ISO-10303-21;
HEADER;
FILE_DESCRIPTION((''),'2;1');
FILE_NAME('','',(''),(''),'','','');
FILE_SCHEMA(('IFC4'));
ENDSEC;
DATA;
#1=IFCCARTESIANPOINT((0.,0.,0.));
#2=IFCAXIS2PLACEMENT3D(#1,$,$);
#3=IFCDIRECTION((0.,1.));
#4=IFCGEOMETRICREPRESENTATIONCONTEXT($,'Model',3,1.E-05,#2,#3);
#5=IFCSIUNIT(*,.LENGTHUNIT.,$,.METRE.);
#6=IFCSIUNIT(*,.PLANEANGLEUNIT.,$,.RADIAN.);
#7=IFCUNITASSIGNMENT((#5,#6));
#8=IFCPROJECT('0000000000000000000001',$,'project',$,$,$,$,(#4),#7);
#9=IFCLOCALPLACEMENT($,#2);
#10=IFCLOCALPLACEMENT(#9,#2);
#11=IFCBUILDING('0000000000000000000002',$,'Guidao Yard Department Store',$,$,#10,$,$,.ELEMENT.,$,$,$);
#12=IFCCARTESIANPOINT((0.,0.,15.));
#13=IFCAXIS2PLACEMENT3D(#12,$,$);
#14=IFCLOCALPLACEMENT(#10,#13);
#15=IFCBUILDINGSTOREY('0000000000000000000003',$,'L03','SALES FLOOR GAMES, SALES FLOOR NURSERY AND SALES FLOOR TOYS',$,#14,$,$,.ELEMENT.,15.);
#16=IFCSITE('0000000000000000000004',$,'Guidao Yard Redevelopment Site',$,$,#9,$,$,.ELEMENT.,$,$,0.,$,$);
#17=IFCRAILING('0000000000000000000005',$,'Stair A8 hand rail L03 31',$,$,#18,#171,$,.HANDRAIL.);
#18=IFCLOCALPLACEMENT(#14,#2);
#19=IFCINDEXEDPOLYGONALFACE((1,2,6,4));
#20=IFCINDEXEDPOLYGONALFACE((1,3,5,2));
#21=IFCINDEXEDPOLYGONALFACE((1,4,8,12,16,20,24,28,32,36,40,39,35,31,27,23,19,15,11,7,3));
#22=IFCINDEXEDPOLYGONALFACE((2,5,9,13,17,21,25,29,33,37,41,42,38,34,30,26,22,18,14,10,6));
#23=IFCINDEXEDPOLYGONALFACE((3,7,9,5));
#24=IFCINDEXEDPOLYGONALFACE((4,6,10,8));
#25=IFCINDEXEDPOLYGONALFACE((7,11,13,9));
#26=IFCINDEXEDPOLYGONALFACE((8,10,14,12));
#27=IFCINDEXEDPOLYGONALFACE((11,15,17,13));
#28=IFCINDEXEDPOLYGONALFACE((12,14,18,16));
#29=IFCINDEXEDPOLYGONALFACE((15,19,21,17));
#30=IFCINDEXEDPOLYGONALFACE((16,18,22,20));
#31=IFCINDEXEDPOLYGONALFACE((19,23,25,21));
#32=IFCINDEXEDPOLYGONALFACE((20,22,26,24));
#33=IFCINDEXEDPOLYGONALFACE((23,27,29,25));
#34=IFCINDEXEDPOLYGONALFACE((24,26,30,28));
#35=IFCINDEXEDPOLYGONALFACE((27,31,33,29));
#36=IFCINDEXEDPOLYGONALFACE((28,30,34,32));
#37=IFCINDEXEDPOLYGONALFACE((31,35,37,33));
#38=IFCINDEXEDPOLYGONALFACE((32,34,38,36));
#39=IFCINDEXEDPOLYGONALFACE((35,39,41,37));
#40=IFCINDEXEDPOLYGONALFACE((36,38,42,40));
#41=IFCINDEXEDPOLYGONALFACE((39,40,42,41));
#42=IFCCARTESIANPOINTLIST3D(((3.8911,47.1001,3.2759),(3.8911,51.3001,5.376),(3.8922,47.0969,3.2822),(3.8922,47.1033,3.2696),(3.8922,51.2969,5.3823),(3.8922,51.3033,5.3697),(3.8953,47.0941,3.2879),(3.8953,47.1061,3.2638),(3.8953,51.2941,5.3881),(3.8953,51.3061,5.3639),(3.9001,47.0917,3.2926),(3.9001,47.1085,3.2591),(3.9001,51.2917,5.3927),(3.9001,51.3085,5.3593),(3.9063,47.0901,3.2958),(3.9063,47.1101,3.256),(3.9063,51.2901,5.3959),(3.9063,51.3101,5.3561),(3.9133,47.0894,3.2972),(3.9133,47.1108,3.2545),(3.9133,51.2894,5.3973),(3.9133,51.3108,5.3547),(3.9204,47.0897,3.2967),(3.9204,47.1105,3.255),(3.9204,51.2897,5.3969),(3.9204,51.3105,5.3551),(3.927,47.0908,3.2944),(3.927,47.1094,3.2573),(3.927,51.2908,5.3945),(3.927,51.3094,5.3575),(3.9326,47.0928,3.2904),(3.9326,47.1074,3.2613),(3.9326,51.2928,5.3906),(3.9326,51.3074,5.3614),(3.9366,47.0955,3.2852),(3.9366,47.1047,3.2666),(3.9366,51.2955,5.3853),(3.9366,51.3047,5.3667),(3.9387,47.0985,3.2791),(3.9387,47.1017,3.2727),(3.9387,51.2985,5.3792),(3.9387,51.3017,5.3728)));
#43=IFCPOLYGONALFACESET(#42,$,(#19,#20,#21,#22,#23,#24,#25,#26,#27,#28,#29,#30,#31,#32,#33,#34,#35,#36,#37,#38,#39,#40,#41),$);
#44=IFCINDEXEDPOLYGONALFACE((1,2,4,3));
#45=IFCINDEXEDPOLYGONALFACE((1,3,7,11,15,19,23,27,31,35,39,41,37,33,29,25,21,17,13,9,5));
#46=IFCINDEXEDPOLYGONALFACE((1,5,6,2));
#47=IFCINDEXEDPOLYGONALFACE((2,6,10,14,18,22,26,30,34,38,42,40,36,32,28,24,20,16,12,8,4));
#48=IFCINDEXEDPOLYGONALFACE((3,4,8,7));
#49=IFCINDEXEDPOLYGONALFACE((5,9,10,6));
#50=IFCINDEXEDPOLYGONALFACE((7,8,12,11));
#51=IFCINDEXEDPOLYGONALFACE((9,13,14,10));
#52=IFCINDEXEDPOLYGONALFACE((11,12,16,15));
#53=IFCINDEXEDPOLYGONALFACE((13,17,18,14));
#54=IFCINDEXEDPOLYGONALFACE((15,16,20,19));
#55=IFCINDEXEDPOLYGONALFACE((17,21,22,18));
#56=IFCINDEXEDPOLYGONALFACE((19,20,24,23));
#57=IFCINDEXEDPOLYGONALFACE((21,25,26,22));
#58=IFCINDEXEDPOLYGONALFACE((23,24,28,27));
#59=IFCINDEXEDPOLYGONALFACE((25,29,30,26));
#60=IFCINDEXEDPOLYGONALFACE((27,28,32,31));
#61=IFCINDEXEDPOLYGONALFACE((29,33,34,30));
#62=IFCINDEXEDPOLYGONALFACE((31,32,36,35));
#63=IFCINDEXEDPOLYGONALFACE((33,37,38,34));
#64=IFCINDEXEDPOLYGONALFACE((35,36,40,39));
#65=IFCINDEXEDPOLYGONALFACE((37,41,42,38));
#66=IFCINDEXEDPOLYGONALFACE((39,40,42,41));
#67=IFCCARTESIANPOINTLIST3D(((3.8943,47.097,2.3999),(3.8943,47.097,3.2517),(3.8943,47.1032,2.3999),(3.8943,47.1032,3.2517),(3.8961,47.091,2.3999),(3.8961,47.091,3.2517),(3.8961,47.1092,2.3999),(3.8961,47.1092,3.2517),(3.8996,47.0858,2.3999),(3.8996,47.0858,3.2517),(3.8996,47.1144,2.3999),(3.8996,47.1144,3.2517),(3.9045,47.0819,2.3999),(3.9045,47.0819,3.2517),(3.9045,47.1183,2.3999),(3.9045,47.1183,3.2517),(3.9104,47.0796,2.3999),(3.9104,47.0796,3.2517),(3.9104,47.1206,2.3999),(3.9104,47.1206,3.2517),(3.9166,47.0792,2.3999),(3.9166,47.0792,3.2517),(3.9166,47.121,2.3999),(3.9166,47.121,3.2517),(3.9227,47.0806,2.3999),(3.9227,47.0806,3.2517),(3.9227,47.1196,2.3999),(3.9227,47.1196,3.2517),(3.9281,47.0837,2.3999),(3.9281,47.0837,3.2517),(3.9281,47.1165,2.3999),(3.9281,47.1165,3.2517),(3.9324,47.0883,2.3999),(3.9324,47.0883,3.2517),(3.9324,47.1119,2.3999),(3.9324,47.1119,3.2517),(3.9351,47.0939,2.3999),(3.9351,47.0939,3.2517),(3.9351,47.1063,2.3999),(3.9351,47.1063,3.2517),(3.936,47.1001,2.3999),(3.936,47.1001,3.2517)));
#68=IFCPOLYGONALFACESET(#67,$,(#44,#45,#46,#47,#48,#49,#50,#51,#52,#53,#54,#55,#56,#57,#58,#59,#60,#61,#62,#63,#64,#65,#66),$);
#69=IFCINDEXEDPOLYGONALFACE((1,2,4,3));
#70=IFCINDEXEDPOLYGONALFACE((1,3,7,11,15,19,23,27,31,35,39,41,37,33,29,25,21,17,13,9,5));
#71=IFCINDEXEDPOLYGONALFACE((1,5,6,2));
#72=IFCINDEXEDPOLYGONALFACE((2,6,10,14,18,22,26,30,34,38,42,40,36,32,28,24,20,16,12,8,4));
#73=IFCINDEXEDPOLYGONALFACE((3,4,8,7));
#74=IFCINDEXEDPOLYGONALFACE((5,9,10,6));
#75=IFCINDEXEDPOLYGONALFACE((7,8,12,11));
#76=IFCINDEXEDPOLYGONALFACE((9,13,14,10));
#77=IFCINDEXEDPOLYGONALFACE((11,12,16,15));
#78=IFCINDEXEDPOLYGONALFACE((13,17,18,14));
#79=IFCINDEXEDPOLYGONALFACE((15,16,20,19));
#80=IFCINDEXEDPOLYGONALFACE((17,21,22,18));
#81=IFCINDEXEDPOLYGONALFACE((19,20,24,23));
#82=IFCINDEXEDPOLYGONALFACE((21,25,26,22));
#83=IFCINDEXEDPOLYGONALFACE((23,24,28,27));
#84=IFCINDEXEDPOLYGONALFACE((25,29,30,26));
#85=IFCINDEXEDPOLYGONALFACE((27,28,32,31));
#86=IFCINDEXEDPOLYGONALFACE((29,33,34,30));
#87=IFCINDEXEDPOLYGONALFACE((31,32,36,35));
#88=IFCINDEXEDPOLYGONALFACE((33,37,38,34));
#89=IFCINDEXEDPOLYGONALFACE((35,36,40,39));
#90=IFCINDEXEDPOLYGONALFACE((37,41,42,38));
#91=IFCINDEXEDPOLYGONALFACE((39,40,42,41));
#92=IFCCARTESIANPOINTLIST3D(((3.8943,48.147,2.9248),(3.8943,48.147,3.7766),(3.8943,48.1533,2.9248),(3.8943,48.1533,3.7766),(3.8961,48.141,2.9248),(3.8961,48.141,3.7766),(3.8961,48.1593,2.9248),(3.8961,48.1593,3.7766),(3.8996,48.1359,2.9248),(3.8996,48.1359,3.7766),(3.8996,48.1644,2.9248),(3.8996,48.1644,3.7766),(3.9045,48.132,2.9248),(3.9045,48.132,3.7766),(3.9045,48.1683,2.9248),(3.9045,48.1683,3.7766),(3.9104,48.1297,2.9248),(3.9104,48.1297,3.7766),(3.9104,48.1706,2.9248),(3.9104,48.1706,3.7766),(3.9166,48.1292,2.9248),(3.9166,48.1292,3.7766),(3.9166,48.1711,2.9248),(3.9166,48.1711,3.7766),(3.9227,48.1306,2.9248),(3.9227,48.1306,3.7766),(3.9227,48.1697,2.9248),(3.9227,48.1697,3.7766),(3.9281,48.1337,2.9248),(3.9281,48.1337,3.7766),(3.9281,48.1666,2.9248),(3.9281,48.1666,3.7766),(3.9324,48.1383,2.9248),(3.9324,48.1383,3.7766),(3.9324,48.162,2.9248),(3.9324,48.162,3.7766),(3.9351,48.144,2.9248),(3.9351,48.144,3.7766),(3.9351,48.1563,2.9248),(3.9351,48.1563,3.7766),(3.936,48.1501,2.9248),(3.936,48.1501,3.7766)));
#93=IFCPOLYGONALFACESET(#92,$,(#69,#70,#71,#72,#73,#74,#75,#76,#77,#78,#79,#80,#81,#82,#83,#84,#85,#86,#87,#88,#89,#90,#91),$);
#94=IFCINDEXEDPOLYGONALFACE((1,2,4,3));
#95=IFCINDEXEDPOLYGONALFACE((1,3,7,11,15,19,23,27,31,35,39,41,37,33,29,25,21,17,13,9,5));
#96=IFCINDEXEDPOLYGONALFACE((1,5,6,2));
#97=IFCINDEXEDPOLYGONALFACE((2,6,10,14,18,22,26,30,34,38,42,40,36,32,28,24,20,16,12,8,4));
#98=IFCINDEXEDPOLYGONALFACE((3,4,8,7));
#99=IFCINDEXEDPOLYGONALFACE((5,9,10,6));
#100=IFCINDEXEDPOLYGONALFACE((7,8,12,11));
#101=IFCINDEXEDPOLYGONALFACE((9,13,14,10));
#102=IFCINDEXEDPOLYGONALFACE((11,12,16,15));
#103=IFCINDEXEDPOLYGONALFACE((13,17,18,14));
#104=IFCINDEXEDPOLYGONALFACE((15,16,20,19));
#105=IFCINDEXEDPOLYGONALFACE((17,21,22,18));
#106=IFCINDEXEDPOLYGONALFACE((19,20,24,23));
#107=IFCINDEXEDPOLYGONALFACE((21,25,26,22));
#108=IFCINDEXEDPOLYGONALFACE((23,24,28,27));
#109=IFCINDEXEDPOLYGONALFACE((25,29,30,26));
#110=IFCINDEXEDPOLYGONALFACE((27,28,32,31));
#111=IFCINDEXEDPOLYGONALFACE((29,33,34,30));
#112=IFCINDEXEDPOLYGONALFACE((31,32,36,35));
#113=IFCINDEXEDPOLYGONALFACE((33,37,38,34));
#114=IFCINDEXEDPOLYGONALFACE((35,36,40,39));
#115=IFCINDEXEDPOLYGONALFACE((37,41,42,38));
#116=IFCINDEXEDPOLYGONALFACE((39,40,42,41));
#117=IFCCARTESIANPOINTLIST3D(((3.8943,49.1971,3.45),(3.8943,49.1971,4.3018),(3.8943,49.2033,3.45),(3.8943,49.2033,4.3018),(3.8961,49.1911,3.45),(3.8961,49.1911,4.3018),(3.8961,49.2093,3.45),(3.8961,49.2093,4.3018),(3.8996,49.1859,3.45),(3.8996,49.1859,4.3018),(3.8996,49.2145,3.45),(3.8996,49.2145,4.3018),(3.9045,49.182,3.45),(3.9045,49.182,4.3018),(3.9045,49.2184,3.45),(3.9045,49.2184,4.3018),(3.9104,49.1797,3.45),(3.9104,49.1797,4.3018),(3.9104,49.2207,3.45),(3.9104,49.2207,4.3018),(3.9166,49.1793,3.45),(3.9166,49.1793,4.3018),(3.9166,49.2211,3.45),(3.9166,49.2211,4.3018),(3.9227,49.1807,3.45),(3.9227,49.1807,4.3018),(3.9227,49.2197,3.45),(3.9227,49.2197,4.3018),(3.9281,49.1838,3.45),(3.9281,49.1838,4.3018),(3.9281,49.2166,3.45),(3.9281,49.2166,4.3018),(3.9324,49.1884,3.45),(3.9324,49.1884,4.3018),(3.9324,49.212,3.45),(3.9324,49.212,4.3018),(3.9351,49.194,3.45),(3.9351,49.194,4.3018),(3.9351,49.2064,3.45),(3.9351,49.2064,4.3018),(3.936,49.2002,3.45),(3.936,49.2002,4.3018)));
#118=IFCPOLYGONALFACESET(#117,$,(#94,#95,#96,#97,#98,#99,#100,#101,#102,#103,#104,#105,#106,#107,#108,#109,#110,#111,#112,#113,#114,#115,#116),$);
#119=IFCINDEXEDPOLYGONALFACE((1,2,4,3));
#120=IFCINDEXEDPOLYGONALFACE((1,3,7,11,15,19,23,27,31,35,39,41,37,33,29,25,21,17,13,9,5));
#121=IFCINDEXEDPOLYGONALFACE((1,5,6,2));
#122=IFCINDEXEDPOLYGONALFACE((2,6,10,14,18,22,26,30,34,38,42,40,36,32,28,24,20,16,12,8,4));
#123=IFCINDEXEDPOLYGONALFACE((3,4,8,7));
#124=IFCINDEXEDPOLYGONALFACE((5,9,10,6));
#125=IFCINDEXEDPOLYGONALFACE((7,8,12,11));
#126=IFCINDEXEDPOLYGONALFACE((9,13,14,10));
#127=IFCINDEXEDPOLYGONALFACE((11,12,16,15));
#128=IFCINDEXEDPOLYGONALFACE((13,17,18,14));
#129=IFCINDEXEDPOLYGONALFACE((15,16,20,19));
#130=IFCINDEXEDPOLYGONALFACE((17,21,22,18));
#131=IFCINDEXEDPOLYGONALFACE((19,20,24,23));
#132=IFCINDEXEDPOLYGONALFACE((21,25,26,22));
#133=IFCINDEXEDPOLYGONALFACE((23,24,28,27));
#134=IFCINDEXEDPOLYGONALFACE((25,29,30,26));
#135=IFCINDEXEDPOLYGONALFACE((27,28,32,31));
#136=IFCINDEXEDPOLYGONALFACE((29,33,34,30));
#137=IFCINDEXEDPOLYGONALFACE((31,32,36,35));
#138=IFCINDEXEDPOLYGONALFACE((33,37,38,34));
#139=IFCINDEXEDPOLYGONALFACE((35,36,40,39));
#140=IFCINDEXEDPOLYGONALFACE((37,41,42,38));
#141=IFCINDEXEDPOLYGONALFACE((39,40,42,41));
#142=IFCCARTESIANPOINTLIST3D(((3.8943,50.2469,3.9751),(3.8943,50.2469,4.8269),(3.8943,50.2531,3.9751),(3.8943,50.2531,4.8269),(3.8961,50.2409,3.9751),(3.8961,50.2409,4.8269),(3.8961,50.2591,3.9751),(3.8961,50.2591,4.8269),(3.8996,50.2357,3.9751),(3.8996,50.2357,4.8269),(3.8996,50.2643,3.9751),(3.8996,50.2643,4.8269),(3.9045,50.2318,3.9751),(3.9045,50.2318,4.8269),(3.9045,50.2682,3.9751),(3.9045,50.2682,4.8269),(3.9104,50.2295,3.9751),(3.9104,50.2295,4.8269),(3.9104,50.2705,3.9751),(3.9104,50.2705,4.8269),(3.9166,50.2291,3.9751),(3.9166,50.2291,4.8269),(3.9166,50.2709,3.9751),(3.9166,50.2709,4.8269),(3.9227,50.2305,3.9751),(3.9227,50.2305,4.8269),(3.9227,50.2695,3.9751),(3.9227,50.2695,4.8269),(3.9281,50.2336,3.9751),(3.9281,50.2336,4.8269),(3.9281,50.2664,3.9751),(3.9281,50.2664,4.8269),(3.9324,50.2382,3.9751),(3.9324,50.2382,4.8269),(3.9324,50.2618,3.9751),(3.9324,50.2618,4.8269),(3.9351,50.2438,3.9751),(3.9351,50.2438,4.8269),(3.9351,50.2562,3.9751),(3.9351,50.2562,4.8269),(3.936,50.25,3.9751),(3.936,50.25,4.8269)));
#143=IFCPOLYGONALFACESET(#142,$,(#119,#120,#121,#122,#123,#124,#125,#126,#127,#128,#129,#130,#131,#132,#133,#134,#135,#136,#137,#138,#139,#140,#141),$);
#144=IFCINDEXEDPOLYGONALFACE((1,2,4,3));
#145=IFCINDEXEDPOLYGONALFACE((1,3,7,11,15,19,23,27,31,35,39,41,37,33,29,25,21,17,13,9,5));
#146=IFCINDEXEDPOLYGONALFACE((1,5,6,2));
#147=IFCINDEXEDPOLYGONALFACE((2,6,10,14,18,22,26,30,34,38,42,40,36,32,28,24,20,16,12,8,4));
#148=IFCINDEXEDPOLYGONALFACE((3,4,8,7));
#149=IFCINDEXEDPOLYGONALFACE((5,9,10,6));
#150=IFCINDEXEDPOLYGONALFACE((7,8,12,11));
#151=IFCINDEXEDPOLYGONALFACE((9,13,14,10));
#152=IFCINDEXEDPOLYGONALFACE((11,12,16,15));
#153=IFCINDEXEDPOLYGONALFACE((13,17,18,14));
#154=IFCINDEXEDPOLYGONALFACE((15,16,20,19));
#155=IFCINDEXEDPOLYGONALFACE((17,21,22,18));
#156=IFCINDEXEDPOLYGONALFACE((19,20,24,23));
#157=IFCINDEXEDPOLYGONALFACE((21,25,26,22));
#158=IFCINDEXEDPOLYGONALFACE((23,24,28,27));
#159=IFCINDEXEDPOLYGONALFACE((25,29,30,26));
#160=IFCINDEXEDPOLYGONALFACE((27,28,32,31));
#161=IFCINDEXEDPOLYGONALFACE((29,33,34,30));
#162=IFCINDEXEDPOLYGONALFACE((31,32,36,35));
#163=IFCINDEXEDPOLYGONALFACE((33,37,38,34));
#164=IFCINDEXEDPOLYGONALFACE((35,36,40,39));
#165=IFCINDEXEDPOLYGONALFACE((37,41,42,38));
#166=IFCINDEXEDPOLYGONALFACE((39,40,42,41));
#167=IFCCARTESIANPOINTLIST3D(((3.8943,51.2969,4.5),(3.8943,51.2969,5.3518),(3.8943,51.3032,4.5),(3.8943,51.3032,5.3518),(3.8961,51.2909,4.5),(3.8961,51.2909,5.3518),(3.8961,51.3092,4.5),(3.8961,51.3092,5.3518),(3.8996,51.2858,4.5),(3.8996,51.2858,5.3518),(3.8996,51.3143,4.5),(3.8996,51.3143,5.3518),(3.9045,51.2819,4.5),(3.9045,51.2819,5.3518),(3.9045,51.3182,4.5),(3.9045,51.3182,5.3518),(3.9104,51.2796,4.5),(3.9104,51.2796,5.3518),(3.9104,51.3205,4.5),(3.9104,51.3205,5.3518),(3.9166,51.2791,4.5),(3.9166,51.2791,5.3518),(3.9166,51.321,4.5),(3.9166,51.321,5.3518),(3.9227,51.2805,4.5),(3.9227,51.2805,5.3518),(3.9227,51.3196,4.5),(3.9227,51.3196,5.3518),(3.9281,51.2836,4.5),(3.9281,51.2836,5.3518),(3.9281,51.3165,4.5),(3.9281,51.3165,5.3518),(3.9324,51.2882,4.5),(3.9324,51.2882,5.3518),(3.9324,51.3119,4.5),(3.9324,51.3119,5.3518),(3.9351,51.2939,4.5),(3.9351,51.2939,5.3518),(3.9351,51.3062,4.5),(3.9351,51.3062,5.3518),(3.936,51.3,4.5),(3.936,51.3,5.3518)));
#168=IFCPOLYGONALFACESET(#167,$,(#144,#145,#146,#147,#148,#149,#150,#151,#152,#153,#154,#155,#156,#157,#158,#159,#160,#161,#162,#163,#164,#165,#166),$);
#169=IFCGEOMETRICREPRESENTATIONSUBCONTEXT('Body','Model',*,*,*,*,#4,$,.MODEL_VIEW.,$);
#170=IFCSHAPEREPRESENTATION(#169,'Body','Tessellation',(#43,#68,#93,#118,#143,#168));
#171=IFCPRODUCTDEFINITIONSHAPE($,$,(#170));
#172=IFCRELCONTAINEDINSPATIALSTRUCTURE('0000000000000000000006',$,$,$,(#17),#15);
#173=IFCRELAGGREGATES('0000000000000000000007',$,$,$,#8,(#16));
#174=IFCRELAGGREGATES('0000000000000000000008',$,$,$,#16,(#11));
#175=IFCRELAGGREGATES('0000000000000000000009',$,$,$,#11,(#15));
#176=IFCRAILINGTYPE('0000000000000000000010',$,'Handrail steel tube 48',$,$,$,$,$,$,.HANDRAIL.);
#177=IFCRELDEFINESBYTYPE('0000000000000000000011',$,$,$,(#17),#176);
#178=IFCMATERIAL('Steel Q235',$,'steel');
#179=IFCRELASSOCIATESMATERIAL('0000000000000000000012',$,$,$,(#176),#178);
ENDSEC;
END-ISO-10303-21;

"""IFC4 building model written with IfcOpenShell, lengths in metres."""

from ifc_helpers import new_model, si_unit, direction, frame, origin, origin_2d, place, context, subcontext, project, spatial, circle, extrude, material, type_object, element, save


model = new_model("IFC4")

# Units and contexts
model_context = context("Model", 3, precision=1e-05, world=origin(), true_north=direction((0.0, 1.0)))
body_context = subcontext(model_context, "Body", "Model", "MODEL_VIEW")
ifc_project = project(units=[si_unit("LENGTHUNIT", "METRE"), si_unit("PLANEANGLEUNIT", "RADIAN")], contexts=[model_context])

# Site, building, storey
site_placement = place(None, origin())
site = spatial("IfcSite", under=ifc_project, at=site_placement, Name="Guidao Yard Redevelopment Site", CompositionType="ELEMENT", RefElevation=0.0)
building_placement = place(site_placement, origin())
building = spatial("IfcBuilding", under=site, at=building_placement, Name="Guidao Yard Department Store", CompositionType="ELEMENT")
storey_placement = place(building_placement, frame((0.0, 0.0, 15.0)))
storey = spatial("IfcBuildingStorey", under=building, at=storey_placement, Name="L03", Description="SALES FLOOR GAMES, SALES FLOOR NURSERY AND SALES FLOOR TOYS", CompositionType="ELEMENT", Elevation=15.0)

# Railing
ifc_material_1 = material(Name="Steel Q235", Category="steel")
railing_type_1 = type_object("IfcRailingType", Name="Handrail steel tube 48", PredefinedType="HANDRAIL", material=ifc_material_1)
for number, where, name in (
    (1, (3.915, 47.1001, 2.3999), "Stair A8 hand rail L03 31"),
):
    element("IfcRailing", number, at=place(storey_placement, frame(where)), inside=storey, type_object=railing_type_1, Name=name, PredefinedType="HANDRAIL", context=body_context, shape_type="SweptSolid", body=[
        extrude(circle(Radius=0.0239, at=origin_2d()), frame((0.0, 0.0, 0.876), z_axis=(0.0, 0.894417, 0.447234), x_axis=(-1.0, 0.0, 0.0)), (0.0, 0.0, 1.0), 4.6958),
        extrude(circle(Radius=0.021, at=origin_2d()), origin(), (0.0, 0.0, 1.0), 0.8518),
        extrude(circle(Radius=0.021, at=origin_2d()), frame((0.0, 1.05, 0.5249)), (0.0, 0.0, 1.0), 0.8518),
        extrude(circle(Radius=0.021, at=origin_2d()), frame((0.0, 2.1001, 1.05)), (0.0, 0.0, 1.0), 0.8518),
        extrude(circle(Radius=0.021, at=origin_2d()), frame((0.0, 3.1499, 1.5752)), (0.0, 0.0, 1.0), 0.8518),
        extrude(circle(Radius=0.021, at=origin_2d()), frame((0.0, 4.2, 2.1001)), (0.0, 0.0, 1.0), 0.8518),
    ])

save(model, "model.ifc")
